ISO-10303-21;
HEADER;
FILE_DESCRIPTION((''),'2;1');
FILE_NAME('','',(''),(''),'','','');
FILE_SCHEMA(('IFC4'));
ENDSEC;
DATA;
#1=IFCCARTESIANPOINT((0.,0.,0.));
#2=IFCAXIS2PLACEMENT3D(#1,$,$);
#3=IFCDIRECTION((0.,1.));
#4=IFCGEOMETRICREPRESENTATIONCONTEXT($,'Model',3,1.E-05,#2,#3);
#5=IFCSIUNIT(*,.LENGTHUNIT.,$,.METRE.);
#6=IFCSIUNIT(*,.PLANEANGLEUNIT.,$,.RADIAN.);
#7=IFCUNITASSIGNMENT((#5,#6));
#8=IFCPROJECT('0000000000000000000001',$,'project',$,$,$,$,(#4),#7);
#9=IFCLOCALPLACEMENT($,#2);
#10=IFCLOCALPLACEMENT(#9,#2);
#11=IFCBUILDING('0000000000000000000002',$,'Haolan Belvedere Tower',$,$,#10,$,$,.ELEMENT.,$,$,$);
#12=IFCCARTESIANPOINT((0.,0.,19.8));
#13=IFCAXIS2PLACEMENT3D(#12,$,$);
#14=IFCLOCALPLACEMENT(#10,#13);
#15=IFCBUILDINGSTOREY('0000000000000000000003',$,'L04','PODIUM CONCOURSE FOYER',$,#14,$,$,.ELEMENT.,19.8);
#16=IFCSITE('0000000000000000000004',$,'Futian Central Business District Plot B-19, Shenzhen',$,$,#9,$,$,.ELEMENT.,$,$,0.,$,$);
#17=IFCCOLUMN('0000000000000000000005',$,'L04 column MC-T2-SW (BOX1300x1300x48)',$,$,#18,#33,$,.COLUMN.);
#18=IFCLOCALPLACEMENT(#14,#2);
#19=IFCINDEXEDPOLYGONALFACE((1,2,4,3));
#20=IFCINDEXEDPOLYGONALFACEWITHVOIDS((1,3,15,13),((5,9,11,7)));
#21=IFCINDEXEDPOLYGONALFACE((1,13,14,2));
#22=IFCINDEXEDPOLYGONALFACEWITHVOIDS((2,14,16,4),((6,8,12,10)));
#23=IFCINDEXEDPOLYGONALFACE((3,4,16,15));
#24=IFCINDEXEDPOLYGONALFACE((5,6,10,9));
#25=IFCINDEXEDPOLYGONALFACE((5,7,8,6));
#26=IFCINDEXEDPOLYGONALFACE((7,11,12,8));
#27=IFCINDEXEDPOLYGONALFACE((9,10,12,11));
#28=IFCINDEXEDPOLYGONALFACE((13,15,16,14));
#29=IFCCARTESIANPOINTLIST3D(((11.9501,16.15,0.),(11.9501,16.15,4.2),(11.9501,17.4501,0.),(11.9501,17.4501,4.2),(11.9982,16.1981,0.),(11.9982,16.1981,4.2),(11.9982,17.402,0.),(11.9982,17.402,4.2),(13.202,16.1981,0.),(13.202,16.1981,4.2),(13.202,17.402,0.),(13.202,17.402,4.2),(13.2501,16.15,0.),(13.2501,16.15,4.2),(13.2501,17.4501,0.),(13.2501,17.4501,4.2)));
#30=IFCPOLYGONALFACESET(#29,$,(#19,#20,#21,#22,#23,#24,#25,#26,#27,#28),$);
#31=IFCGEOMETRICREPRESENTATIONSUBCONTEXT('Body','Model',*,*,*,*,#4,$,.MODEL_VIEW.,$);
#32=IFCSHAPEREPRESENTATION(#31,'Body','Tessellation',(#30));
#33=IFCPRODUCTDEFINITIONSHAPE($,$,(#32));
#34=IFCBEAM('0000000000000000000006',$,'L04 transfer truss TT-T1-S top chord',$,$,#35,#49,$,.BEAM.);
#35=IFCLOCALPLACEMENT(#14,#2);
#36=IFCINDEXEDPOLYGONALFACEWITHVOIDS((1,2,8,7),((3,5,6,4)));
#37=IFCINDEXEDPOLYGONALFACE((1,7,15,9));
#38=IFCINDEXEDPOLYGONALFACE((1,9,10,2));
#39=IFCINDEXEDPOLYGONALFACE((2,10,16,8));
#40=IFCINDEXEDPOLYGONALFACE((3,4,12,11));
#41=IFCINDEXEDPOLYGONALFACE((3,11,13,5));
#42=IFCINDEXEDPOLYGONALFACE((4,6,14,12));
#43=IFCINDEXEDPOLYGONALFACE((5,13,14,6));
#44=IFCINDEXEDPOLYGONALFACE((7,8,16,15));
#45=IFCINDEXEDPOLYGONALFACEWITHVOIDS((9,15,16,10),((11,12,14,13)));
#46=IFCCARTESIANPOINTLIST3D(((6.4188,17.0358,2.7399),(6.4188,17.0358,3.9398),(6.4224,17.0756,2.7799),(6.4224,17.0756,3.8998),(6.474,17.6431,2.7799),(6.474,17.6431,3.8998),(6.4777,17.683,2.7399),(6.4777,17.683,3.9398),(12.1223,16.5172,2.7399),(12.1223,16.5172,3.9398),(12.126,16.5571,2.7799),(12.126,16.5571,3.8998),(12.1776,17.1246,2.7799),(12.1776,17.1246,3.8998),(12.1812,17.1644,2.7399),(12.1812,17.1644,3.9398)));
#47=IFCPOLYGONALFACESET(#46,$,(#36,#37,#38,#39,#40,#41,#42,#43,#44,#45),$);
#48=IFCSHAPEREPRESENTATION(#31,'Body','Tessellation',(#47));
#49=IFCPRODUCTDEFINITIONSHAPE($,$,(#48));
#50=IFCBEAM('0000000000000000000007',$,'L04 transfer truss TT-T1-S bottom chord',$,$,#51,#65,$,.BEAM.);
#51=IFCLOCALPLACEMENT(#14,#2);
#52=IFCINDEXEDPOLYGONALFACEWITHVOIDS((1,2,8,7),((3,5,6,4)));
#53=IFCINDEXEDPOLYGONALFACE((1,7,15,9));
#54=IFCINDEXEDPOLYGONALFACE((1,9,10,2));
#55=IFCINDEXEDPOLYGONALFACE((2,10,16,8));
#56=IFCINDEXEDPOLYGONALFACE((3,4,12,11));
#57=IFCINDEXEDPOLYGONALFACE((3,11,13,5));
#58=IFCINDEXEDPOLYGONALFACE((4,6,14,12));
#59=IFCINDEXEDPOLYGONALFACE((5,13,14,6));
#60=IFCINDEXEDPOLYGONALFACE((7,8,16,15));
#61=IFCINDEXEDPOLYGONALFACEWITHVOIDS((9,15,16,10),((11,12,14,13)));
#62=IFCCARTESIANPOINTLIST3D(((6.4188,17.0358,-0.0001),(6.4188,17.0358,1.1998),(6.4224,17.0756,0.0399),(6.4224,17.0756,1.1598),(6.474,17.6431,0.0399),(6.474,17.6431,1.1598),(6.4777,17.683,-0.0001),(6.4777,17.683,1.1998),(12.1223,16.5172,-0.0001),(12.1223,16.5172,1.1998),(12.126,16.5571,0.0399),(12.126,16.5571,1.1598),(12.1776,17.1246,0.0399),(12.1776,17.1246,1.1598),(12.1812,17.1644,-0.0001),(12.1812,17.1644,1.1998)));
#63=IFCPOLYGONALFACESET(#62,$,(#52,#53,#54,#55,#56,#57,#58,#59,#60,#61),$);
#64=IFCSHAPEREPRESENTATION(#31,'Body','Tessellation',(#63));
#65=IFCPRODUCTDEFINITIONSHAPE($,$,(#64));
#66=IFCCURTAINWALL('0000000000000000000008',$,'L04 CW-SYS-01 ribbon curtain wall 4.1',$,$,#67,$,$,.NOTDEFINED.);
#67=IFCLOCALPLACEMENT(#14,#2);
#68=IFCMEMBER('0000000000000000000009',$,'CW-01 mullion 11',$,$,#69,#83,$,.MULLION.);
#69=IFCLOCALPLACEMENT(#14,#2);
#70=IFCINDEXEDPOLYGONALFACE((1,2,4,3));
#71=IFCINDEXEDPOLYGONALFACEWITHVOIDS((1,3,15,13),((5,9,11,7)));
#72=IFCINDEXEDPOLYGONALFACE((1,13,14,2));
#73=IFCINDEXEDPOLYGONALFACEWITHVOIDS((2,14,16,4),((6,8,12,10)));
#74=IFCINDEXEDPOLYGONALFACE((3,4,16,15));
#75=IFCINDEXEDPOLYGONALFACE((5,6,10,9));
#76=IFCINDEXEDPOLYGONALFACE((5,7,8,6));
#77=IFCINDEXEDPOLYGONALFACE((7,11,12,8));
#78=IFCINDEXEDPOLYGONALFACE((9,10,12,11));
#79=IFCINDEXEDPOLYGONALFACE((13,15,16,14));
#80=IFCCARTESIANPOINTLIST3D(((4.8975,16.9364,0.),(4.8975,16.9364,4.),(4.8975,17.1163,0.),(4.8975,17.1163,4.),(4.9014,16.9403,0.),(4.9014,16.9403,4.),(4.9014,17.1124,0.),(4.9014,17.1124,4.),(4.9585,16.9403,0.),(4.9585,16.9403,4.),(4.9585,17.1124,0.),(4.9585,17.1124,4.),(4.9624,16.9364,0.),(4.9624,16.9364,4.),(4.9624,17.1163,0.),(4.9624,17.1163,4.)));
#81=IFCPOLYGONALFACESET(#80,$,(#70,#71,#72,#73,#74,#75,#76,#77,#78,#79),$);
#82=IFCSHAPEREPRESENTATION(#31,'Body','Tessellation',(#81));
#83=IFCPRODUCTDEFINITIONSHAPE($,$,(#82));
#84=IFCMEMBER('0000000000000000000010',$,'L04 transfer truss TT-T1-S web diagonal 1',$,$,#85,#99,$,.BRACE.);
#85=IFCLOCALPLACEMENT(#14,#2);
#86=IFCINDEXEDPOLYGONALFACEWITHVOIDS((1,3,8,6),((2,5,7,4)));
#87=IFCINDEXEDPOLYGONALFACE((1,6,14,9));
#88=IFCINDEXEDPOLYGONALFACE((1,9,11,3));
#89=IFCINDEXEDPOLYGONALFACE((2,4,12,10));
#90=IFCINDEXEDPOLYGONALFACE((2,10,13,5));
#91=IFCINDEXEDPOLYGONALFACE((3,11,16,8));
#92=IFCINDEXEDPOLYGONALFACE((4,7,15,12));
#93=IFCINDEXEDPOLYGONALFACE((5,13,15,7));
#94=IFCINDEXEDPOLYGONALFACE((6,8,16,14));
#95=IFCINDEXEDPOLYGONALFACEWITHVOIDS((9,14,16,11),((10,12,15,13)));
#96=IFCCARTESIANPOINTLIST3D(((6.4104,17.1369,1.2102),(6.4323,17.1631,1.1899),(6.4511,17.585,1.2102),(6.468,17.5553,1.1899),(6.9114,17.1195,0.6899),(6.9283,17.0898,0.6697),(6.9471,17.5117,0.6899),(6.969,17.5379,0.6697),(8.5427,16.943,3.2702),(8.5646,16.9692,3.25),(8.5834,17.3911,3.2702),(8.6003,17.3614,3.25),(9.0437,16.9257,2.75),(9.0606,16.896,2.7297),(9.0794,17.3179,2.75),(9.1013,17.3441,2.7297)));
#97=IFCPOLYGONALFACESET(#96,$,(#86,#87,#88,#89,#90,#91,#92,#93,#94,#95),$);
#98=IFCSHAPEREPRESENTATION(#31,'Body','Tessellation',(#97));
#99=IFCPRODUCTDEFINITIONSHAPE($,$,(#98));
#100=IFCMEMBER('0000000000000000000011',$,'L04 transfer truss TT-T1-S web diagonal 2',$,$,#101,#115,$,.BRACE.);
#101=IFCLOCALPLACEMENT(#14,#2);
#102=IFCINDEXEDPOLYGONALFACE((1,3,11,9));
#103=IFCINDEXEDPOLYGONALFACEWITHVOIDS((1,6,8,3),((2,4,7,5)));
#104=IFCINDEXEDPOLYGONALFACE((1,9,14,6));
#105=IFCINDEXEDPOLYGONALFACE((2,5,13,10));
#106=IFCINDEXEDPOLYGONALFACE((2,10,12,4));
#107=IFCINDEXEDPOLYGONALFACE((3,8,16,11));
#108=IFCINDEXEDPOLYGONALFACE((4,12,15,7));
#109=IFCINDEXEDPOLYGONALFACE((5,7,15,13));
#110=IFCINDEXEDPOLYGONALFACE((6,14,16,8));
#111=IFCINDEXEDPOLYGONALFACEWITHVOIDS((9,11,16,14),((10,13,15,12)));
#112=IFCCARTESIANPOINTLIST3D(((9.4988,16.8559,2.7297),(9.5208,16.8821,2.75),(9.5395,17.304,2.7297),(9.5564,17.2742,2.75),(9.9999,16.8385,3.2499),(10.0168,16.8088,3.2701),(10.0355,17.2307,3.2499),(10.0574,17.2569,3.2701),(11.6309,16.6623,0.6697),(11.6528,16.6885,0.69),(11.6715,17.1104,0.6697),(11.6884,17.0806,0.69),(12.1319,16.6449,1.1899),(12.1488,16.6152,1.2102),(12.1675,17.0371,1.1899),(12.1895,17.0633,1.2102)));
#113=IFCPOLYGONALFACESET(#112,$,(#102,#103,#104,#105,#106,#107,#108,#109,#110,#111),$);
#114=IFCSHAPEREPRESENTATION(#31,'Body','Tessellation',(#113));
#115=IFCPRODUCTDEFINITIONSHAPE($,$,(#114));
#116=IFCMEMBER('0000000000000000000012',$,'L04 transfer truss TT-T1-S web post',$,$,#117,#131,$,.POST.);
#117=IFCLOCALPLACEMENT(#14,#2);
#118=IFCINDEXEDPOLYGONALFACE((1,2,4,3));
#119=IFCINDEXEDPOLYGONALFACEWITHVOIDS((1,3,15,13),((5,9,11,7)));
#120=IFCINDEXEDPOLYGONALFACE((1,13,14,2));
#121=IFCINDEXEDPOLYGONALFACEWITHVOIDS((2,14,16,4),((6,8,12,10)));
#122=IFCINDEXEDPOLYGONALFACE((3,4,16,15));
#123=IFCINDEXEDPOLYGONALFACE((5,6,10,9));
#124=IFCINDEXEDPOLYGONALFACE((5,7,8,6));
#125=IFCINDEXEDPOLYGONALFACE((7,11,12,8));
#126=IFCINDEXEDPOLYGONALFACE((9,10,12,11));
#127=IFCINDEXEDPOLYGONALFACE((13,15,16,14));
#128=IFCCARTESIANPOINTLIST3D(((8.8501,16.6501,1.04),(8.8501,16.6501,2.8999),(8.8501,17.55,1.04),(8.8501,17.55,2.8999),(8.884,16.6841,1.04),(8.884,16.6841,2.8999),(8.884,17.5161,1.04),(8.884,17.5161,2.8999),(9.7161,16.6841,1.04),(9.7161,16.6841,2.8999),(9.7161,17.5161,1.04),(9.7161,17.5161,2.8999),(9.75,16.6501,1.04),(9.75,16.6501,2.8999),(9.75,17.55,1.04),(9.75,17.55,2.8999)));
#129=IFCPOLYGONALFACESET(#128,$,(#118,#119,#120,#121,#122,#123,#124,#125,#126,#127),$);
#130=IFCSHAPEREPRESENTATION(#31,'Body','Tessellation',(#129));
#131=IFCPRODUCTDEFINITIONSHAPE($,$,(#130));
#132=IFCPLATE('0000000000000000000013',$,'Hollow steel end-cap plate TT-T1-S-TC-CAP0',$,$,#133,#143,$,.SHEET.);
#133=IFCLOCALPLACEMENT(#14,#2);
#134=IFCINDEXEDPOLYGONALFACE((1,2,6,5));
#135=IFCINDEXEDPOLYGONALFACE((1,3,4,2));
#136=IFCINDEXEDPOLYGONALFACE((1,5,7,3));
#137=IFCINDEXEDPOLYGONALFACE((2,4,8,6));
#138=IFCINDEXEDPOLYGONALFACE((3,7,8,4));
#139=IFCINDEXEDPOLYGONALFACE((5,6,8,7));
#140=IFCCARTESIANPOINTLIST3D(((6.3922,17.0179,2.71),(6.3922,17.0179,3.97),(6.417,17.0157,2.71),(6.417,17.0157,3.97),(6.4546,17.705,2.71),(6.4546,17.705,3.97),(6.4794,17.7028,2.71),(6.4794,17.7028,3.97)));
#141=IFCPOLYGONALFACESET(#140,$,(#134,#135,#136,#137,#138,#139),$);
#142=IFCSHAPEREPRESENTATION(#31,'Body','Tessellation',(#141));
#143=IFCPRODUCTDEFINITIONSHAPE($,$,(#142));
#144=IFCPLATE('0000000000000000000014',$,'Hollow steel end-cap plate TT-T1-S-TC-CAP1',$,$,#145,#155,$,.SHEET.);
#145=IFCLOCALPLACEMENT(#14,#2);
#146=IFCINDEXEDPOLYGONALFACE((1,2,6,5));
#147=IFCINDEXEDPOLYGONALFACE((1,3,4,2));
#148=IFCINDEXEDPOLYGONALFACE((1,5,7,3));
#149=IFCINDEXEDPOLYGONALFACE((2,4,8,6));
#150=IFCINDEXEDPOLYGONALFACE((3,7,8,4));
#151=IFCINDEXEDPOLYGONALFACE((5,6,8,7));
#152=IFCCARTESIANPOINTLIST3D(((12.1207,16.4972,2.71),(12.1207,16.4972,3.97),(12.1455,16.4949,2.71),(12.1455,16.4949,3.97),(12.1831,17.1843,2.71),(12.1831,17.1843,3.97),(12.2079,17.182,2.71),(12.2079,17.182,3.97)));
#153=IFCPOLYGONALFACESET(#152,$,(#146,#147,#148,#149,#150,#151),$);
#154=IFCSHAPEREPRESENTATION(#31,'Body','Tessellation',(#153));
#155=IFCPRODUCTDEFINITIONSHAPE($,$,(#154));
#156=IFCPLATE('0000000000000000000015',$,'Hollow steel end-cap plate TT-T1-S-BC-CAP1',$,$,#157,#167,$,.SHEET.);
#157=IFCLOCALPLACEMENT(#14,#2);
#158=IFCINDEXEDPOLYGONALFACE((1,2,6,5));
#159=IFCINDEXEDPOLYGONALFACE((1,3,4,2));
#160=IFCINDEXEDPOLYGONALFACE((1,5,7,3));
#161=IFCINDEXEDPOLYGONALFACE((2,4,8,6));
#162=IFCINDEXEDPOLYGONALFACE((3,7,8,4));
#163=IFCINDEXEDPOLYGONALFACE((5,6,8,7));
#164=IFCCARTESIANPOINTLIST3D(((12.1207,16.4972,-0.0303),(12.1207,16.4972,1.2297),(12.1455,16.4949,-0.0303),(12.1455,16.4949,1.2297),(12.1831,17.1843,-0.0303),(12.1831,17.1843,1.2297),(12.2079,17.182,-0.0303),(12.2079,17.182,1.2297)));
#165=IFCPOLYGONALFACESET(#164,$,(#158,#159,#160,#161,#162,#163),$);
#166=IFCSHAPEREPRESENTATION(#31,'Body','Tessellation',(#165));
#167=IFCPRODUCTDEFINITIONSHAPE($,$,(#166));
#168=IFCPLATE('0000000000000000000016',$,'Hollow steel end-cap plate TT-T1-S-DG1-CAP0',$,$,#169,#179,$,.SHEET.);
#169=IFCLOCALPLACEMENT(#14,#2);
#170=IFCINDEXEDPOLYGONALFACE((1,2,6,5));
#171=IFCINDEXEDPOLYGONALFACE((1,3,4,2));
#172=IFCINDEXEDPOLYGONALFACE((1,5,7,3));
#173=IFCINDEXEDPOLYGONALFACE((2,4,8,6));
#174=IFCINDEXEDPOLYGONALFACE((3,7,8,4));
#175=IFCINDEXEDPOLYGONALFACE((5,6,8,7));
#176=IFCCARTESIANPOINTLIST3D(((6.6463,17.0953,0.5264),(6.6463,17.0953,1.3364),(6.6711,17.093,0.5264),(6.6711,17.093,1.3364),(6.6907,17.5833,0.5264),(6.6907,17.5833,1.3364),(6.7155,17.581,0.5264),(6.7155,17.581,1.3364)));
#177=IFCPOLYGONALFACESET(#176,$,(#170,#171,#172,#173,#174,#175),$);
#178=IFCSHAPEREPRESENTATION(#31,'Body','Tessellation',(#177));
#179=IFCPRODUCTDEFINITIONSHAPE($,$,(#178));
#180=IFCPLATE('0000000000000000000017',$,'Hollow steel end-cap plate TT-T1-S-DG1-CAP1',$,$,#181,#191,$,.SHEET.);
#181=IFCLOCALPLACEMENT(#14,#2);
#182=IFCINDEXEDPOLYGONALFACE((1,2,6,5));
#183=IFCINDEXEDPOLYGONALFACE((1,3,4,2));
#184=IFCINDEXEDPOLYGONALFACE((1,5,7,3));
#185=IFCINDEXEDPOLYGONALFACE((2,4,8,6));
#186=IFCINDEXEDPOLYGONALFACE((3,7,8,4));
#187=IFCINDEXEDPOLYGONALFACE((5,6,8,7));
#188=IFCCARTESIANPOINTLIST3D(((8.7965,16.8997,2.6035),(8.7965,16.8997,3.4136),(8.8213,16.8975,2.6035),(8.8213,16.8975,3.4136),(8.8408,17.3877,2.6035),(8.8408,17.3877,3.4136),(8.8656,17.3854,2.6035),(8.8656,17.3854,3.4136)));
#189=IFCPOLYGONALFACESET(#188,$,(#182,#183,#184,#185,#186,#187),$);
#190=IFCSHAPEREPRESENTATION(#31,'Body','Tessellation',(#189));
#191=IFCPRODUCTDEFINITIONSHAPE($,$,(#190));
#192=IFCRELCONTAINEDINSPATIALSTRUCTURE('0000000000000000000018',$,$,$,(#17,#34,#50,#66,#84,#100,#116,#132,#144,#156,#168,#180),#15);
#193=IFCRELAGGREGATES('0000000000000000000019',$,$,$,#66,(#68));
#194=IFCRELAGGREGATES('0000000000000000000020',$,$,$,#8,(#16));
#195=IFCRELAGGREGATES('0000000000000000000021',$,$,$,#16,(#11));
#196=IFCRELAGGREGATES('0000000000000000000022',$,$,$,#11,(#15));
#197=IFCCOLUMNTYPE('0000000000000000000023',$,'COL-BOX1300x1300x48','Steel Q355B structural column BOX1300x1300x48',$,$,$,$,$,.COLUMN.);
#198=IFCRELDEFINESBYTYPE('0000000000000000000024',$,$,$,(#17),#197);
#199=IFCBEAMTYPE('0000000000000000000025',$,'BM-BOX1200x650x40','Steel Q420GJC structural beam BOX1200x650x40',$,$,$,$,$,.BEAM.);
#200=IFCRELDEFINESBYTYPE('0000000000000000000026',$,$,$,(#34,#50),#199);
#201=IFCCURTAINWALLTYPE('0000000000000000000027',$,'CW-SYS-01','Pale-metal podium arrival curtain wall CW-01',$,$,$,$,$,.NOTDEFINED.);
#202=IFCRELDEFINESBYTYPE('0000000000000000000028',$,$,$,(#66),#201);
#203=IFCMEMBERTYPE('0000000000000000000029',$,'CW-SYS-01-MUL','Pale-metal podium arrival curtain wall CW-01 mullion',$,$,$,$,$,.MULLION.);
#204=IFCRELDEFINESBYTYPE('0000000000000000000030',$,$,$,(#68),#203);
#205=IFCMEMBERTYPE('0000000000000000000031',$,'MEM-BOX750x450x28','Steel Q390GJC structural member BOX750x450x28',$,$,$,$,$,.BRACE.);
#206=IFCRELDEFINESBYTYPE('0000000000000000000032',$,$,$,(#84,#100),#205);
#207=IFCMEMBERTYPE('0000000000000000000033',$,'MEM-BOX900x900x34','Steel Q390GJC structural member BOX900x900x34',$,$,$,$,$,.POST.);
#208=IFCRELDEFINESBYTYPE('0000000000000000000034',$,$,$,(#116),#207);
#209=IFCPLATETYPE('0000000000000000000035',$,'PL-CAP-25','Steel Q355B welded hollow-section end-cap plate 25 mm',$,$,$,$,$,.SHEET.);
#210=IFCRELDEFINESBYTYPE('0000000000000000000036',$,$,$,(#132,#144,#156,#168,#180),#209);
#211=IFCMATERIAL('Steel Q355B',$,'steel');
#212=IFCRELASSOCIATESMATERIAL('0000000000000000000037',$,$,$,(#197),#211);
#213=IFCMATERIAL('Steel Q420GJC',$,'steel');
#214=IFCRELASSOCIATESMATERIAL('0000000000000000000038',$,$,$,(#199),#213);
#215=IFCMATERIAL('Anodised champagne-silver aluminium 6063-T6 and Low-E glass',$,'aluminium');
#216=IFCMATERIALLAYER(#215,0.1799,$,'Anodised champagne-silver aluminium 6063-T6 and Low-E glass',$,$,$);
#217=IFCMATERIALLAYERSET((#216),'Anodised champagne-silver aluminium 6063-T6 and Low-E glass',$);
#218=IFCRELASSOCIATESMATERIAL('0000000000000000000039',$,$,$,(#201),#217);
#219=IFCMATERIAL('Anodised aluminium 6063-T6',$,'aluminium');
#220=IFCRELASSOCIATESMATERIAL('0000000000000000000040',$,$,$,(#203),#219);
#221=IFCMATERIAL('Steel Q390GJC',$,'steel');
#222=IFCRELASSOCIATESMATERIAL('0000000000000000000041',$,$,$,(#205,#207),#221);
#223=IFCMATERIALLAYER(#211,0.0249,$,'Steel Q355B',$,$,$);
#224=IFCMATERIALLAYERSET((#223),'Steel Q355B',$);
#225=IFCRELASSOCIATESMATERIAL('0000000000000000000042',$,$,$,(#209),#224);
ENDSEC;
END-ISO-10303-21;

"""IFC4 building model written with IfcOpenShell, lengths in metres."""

from ifc_helpers import new_model, si_unit, direction, frame, origin, origin_2d, place, context, subcontext, project, spatial, rectangle, hollow_rectangle, extrude, material, layer, layer_set, material_profile, profile_set, type_object, element, aggregate, save


model = new_model("IFC4")

# Units and contexts
model_context = context("Model", 3, precision=1e-05, world=origin(), true_north=direction((0.0, 1.0)))
body_context = subcontext(model_context, "Body", "Model", "MODEL_VIEW")
ifc_project = project(units=[si_unit("LENGTHUNIT", "METRE"), si_unit("PLANEANGLEUNIT", "RADIAN")], contexts=[model_context])

# Site, building, storey
site_placement = place(None, origin())
site = spatial("IfcSite", under=ifc_project, at=site_placement, Name="Futian Central Business District Plot B-19, Shenzhen", CompositionType="ELEMENT", RefElevation=0.0)
building_placement = place(site_placement, origin())
building = spatial("IfcBuilding", under=site, at=building_placement, Name="Haolan Belvedere Tower", CompositionType="ELEMENT")
storey_placement = place(building_placement, frame((0.0, 0.0, 19.8)))
storey = spatial("IfcBuildingStorey", under=building, at=storey_placement, Name="L04", Description="PODIUM CONCOURSE FOYER", CompositionType="ELEMENT", Elevation=19.8)

# Column
ifc_material_1 = material(Name="Steel Q355B", Category="steel")
ifc_material_profile_1 = material_profile(ifc_material_1, hollow_rectangle(XDim=1.3, YDim=1.3, WallThickness=0.0481, at=origin_2d()), Name="Steel Q355B")
ifc_profile_set_1 = profile_set([ifc_material_profile_1], Name="Steel Q355B")
column_type = type_object("IfcColumnType", Name="COL-BOX1300x1300x48", Description="Steel Q355B structural column BOX1300x1300x48", PredefinedType="COLUMN", material=ifc_profile_set_1)
column_placement = place(storey_placement, frame((12.6001, 16.8, 0.0), z_axis=(0.0, 0.0, 1.0), x_axis=(1.0, 0.0, 0.0)))
element("IfcColumn", 1, at=column_placement, inside=storey, type_object=column_type, Name="L04 column MC-T2-SW (BOX1300x1300x48)", PredefinedType="COLUMN", context=body_context, shape_type="SweptSolid", body=[
    extrude(hollow_rectangle(XDim=1.3, YDim=1.3, WallThickness=0.0481, at=origin_2d()), origin(), (0.0, 0.0, 1.0), 4.2),
])

# Beams
ifc_material_2 = material(Name="Steel Q420GJC", Category="steel")
ifc_material_profile_2 = material_profile(ifc_material_2, hollow_rectangle(XDim=0.6499, YDim=1.2, WallThickness=0.04, at=origin_2d()), Name="Steel Q420GJC")
ifc_profile_set_2 = profile_set([ifc_material_profile_2], Name="Steel Q420GJC")
beam_type = type_object("IfcBeamType", Name="BM-BOX1200x650x40", Description="Steel Q420GJC structural beam BOX1200x650x40", PredefinedType="BEAM", material=ifc_profile_set_2)
for number, where, z_axis, x_axis, name in (
    (2, (6.4482, 17.3594, 3.3398), (0.995893, -0.090543, 0.0), (0.090543, 0.995893, 0.0), "L04 transfer truss TT-T1-S top chord"),
    (3, (6.4482, 17.3594, 0.5999), (0.995893, -0.090543, 0.0), (0.090543, 0.995893, 0.0), "L04 transfer truss TT-T1-S bottom chord"),
):
    element("IfcBeam", number, at=place(storey_placement, frame(where, z_axis=z_axis, x_axis=x_axis)), inside=storey, type_object=beam_type, Name=name, PredefinedType="BEAM", context=body_context, shape_type="SweptSolid", body=[
        extrude(hollow_rectangle(XDim=0.6499, YDim=1.2, WallThickness=0.04, at=origin_2d()), origin(), (0.0, 0.0, 1.0), 5.7271),
    ])

# Curtain wall, member
ifc_material_3 = material(Name="Anodised champagne-silver aluminium 6063-T6 and Low-E glass", Category="aluminium")
ifc_layer_1 = layer(ifc_material_3, 0.1799, Name="Anodised champagne-silver aluminium 6063-T6 and Low-E glass")
ifc_layer_set_1 = layer_set([ifc_layer_1], Name="Anodised champagne-silver aluminium 6063-T6 and Low-E glass")
curtain_wall_type = type_object("IfcCurtainWallType", Name="CW-SYS-01", Description="Pale-metal podium arrival curtain wall CW-01", PredefinedType="NOTDEFINED", material=ifc_layer_set_1)
curtain_wall_placement = place(storey_placement, origin())
curtain_wall = element("IfcCurtainWall", 4, at=curtain_wall_placement, inside=storey, type_object=curtain_wall_type, Name="L04 CW-SYS-01 ribbon curtain wall 4.1", PredefinedType="NOTDEFINED")
ifc_material_4 = material(Name="Anodised aluminium 6063-T6", Category="aluminium")
ifc_material_profile_3 = material_profile(ifc_material_4, hollow_rectangle(XDim=0.0649, YDim=0.1799, WallThickness=0.0039, at=origin_2d()), Name="Anodised aluminium 6063-T6")
ifc_profile_set_3 = profile_set([ifc_material_profile_3], Name="Anodised aluminium 6063-T6")
member_type_1 = type_object("IfcMemberType", Name="CW-SYS-01-MUL", Description="Pale-metal podium arrival curtain wall CW-01 mullion", PredefinedType="MULLION", material=ifc_profile_set_3)
member_1_placement = place(storey_placement, frame((4.9299, 17.0264, 0.0), z_axis=(0.0, 0.0, 1.0), x_axis=(1.0, 0.0, 0.0)))
member_1 = element("IfcMember", 5, at=member_1_placement, type_object=member_type_1, Name="CW-01 mullion 11", PredefinedType="MULLION", context=body_context, shape_type="SweptSolid", body=[
    extrude(hollow_rectangle(XDim=0.0649, YDim=0.1799, WallThickness=0.0039, at=origin_2d()), origin(), (0.0, 0.0, 1.0), 4.0),
])
aggregate(curtain_wall, [member_1])

# Members
ifc_material_5 = material(Name="Steel Q390GJC", Category="steel")
ifc_material_profile_4 = material_profile(ifc_material_5, hollow_rectangle(XDim=0.45, YDim=0.75, WallThickness=0.0281, at=origin_2d()), Name="Steel Q390GJC")
ifc_profile_set_4 = profile_set([ifc_material_profile_4], Name="Steel Q390GJC")
member_type_2 = type_object("IfcMemberType", Name="MEM-BOX750x450x28", Description="Steel Q390GJC structural member BOX750x450x28", PredefinedType="BRACE", material=ifc_profile_set_4)
member_2_placement = place(storey_placement, frame((6.6897, 17.3374, 0.9399), z_axis=(0.717656, -0.065241, 0.693335), x_axis=(0.090536, 0.995893, 0.0)))
element("IfcMember", 6, at=member_2_placement, inside=storey, type_object=member_type_2, Name="L04 transfer truss TT-T1-S web diagonal 1", PredefinedType="BRACE", context=body_context, shape_type="SweptSolid", body=[
    extrude(hollow_rectangle(XDim=0.45, YDim=0.75, WallThickness=0.0281, at=origin_2d()), origin(), (0.0, 0.0, 1.0), 2.9712),
])
member_3_placement = place(storey_placement, frame((11.9102, 16.8628, 0.9399), z_axis=(-0.71762, 0.065164, 0.693379), x_axis=(-0.090433, -0.995903, 0.0)))
element("IfcMember", 7, at=member_3_placement, inside=storey, type_object=member_type_2, Name="L04 transfer truss TT-T1-S web diagonal 2", PredefinedType="BRACE", context=body_context, shape_type="SweptSolid", body=[
    extrude(hollow_rectangle(XDim=0.45, YDim=0.75, WallThickness=0.0281, at=origin_2d()), origin(), (0.0, 0.0, 1.0), 2.9709),
])
ifc_material_profile_5 = material_profile(ifc_material_5, hollow_rectangle(XDim=0.8999, YDim=0.8999, WallThickness=0.0339, at=origin_2d()), Name="Steel Q390GJC")
ifc_profile_set_5 = profile_set([ifc_material_profile_5], Name="Steel Q390GJC")
member_type_3 = type_object("IfcMemberType", Name="MEM-BOX900x900x34", Description="Steel Q390GJC structural member BOX900x900x34", PredefinedType="POST", material=ifc_profile_set_5)
member_4_placement = place(storey_placement, frame((9.3, 17.1001, 1.04), z_axis=(0.0, 0.0, 1.0), x_axis=(1.0, 0.0, 0.0)))
element("IfcMember", 8, at=member_4_placement, inside=storey, type_object=member_type_3, Name="L04 transfer truss TT-T1-S web post", PredefinedType="POST", context=body_context, shape_type="SweptSolid", body=[
    extrude(hollow_rectangle(XDim=0.8999, YDim=0.8999, WallThickness=0.0339, at=origin_2d()), origin(), (0.0, 0.0, 1.0), 1.8599),
])

# Plates
ifc_layer_2 = layer(ifc_material_1, 0.0249, Name="Steel Q355B")
ifc_layer_set_2 = layer_set([ifc_layer_2], Name="Steel Q355B")
plate_type_1 = type_object("IfcPlateType", Name="PL-CAP-25", Description="Steel Q355B welded hollow-section end-cap plate 25 mm", PredefinedType="SHEET", material=ifc_layer_set_2)
for number, where, z_axis, x_axis, name in (
    (9, (6.4358, 17.3604, 2.71), (0.0, 0.0, 1.0), (-0.090528, -0.995894, 0.0), "Hollow steel end-cap plate TT-T1-S-TC-CAP0"),
    (10, (12.1643, 16.8396, 2.71), (0.0, 0.0, 1.0), (0.090528, 0.995894, 0.0), "Hollow steel end-cap plate TT-T1-S-TC-CAP1"),
    (11, (12.1643, 16.8396, -0.0303), (0.0, 0.0, 1.0), (0.090528, 0.995894, 0.0), "Hollow steel end-cap plate TT-T1-S-BC-CAP1"),
):
    element("IfcPlate", number, at=place(storey_placement, frame(where, z_axis=z_axis, x_axis=x_axis)), inside=storey, type_object=plate_type_1, Name=name, PredefinedType="SHEET", context=body_context, shape_type="SweptSolid", body=[
        extrude(rectangle(XDim=0.6899, YDim=0.0249, at=origin_2d()), origin(), (0.0, 0.0, 1.0), 1.26),
    ])
for number, where, z_axis, x_axis, name in (
    (12, (6.6809, 17.3381, 0.5264), (0.0, 0.0, 1.0), (-0.090511, -0.995895, 0.0), "Hollow steel end-cap plate TT-T1-S-DG1-CAP0"),
    (13, (8.8311, 17.1426, 2.6035), (0.0, 0.0, 1.0), (0.090511, 0.995895, 0.0), "Hollow steel end-cap plate TT-T1-S-DG1-CAP1"),
):
    element("IfcPlate", number, at=place(storey_placement, frame(where, z_axis=z_axis, x_axis=x_axis)), inside=storey, type_object=plate_type_1, Name=name, PredefinedType="SHEET", context=body_context, shape_type="SweptSolid", body=[
        extrude(rectangle(XDim=0.49, YDim=0.0249, at=origin_2d()), origin(), (0.0, 0.0, 1.0), 0.8101),
    ])

save(model, "model.ifc")
